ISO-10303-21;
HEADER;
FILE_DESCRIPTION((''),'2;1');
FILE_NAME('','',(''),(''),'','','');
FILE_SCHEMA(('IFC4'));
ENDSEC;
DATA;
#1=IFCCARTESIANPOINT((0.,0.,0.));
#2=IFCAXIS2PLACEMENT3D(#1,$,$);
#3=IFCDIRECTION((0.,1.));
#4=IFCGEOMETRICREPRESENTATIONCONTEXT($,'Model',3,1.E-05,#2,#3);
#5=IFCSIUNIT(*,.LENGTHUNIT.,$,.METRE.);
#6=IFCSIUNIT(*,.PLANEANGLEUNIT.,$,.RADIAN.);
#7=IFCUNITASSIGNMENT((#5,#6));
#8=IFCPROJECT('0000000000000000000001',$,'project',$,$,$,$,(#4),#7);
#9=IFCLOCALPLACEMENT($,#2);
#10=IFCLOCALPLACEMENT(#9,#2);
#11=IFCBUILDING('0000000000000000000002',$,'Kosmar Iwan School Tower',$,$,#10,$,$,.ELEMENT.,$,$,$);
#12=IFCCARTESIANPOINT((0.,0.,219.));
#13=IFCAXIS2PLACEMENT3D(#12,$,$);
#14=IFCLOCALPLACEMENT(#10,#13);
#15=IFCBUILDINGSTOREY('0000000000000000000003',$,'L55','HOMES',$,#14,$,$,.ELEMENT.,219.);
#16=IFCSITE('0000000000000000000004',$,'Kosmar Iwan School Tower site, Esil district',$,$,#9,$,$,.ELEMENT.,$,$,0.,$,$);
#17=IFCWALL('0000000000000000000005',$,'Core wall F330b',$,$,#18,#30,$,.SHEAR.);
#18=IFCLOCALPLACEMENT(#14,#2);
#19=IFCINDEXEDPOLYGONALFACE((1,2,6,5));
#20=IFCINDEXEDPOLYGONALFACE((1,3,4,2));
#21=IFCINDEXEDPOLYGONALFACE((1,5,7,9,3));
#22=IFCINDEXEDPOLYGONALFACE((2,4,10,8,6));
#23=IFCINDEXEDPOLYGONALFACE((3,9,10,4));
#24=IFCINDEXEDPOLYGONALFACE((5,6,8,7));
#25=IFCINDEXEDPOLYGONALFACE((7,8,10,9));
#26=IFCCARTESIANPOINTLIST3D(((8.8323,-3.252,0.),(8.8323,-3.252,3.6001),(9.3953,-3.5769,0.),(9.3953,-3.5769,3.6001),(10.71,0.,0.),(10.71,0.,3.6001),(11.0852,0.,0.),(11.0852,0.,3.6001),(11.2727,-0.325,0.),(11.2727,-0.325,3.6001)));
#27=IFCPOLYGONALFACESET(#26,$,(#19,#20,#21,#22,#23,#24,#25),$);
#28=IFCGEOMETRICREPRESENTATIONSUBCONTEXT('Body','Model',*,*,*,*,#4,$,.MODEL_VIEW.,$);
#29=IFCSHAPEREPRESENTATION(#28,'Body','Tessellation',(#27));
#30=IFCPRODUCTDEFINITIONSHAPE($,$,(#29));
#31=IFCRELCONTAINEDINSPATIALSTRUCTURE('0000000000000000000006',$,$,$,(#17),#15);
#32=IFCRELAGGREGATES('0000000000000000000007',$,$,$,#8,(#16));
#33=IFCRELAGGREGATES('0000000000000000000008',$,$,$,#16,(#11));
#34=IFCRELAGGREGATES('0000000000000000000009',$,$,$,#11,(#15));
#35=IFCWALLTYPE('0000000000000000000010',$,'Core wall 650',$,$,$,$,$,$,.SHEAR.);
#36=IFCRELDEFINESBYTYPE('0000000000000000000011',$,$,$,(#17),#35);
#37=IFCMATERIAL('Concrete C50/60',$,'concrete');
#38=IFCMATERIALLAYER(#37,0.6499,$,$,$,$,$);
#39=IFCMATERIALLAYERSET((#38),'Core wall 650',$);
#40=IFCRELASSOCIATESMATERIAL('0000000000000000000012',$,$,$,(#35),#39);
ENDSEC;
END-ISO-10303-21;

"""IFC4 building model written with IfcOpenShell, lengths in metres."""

from ifc_helpers import new_model, si_unit, direction, frame, origin, place, context, subcontext, project, spatial, polyline, outline, extrude, material, layer, layer_set, type_object, element, save


model = new_model("IFC4")

# Units and contexts
model_context = context("Model", 3, precision=1e-05, world=origin(), true_north=direction((0.0, 1.0)))
body_context = subcontext(model_context, "Body", "Model", "MODEL_VIEW")
ifc_project = project(units=[si_unit("LENGTHUNIT", "METRE"), si_unit("PLANEANGLEUNIT", "RADIAN")], contexts=[model_context])

# Site, building, storey
site_placement = place(None, origin())
site = spatial("IfcSite", under=ifc_project, at=site_placement, Name="Kosmar Iwan School Tower site, Esil district", CompositionType="ELEMENT", RefElevation=0.0)
building_placement = place(site_placement, origin())
building = spatial("IfcBuilding", under=site, at=building_placement, Name="Kosmar Iwan School Tower", CompositionType="ELEMENT")
storey_placement = place(building_placement, frame((0.0, 0.0, 219.0)))
storey = spatial("IfcBuildingStorey", under=building, at=storey_placement, Name="L55", Description="HOMES", CompositionType="ELEMENT", Elevation=219.0)

# Wall
ifc_material_1 = material(Name="Concrete C50/60", Category="concrete")
ifc_layer_1 = layer(ifc_material_1, 0.6499)
ifc_layer_set_1 = layer_set([ifc_layer_1], Name="Core wall 650")
wall_type = type_object("IfcWallType", Name="Core wall 650", PredefinedType="SHEAR", material=ifc_layer_set_1)
wall_1_placement = place(storey_placement, origin())
element("IfcWall", 1, at=wall_1_placement, inside=storey, type_object=wall_type, Name="Core wall F330b", PredefinedType="SHEAR", context=body_context, shape_type="SweptSolid", body=[
    extrude(outline(polyline([(9.3953, -3.5769), (11.2727, -0.325), (11.0852, 0.0), (10.71, 0.0), (8.8323, -3.252), (9.3953, -3.5769)])), origin(), (0.0, 0.0, 1.0), 3.6001),
])

save(model, "model.ifc")
